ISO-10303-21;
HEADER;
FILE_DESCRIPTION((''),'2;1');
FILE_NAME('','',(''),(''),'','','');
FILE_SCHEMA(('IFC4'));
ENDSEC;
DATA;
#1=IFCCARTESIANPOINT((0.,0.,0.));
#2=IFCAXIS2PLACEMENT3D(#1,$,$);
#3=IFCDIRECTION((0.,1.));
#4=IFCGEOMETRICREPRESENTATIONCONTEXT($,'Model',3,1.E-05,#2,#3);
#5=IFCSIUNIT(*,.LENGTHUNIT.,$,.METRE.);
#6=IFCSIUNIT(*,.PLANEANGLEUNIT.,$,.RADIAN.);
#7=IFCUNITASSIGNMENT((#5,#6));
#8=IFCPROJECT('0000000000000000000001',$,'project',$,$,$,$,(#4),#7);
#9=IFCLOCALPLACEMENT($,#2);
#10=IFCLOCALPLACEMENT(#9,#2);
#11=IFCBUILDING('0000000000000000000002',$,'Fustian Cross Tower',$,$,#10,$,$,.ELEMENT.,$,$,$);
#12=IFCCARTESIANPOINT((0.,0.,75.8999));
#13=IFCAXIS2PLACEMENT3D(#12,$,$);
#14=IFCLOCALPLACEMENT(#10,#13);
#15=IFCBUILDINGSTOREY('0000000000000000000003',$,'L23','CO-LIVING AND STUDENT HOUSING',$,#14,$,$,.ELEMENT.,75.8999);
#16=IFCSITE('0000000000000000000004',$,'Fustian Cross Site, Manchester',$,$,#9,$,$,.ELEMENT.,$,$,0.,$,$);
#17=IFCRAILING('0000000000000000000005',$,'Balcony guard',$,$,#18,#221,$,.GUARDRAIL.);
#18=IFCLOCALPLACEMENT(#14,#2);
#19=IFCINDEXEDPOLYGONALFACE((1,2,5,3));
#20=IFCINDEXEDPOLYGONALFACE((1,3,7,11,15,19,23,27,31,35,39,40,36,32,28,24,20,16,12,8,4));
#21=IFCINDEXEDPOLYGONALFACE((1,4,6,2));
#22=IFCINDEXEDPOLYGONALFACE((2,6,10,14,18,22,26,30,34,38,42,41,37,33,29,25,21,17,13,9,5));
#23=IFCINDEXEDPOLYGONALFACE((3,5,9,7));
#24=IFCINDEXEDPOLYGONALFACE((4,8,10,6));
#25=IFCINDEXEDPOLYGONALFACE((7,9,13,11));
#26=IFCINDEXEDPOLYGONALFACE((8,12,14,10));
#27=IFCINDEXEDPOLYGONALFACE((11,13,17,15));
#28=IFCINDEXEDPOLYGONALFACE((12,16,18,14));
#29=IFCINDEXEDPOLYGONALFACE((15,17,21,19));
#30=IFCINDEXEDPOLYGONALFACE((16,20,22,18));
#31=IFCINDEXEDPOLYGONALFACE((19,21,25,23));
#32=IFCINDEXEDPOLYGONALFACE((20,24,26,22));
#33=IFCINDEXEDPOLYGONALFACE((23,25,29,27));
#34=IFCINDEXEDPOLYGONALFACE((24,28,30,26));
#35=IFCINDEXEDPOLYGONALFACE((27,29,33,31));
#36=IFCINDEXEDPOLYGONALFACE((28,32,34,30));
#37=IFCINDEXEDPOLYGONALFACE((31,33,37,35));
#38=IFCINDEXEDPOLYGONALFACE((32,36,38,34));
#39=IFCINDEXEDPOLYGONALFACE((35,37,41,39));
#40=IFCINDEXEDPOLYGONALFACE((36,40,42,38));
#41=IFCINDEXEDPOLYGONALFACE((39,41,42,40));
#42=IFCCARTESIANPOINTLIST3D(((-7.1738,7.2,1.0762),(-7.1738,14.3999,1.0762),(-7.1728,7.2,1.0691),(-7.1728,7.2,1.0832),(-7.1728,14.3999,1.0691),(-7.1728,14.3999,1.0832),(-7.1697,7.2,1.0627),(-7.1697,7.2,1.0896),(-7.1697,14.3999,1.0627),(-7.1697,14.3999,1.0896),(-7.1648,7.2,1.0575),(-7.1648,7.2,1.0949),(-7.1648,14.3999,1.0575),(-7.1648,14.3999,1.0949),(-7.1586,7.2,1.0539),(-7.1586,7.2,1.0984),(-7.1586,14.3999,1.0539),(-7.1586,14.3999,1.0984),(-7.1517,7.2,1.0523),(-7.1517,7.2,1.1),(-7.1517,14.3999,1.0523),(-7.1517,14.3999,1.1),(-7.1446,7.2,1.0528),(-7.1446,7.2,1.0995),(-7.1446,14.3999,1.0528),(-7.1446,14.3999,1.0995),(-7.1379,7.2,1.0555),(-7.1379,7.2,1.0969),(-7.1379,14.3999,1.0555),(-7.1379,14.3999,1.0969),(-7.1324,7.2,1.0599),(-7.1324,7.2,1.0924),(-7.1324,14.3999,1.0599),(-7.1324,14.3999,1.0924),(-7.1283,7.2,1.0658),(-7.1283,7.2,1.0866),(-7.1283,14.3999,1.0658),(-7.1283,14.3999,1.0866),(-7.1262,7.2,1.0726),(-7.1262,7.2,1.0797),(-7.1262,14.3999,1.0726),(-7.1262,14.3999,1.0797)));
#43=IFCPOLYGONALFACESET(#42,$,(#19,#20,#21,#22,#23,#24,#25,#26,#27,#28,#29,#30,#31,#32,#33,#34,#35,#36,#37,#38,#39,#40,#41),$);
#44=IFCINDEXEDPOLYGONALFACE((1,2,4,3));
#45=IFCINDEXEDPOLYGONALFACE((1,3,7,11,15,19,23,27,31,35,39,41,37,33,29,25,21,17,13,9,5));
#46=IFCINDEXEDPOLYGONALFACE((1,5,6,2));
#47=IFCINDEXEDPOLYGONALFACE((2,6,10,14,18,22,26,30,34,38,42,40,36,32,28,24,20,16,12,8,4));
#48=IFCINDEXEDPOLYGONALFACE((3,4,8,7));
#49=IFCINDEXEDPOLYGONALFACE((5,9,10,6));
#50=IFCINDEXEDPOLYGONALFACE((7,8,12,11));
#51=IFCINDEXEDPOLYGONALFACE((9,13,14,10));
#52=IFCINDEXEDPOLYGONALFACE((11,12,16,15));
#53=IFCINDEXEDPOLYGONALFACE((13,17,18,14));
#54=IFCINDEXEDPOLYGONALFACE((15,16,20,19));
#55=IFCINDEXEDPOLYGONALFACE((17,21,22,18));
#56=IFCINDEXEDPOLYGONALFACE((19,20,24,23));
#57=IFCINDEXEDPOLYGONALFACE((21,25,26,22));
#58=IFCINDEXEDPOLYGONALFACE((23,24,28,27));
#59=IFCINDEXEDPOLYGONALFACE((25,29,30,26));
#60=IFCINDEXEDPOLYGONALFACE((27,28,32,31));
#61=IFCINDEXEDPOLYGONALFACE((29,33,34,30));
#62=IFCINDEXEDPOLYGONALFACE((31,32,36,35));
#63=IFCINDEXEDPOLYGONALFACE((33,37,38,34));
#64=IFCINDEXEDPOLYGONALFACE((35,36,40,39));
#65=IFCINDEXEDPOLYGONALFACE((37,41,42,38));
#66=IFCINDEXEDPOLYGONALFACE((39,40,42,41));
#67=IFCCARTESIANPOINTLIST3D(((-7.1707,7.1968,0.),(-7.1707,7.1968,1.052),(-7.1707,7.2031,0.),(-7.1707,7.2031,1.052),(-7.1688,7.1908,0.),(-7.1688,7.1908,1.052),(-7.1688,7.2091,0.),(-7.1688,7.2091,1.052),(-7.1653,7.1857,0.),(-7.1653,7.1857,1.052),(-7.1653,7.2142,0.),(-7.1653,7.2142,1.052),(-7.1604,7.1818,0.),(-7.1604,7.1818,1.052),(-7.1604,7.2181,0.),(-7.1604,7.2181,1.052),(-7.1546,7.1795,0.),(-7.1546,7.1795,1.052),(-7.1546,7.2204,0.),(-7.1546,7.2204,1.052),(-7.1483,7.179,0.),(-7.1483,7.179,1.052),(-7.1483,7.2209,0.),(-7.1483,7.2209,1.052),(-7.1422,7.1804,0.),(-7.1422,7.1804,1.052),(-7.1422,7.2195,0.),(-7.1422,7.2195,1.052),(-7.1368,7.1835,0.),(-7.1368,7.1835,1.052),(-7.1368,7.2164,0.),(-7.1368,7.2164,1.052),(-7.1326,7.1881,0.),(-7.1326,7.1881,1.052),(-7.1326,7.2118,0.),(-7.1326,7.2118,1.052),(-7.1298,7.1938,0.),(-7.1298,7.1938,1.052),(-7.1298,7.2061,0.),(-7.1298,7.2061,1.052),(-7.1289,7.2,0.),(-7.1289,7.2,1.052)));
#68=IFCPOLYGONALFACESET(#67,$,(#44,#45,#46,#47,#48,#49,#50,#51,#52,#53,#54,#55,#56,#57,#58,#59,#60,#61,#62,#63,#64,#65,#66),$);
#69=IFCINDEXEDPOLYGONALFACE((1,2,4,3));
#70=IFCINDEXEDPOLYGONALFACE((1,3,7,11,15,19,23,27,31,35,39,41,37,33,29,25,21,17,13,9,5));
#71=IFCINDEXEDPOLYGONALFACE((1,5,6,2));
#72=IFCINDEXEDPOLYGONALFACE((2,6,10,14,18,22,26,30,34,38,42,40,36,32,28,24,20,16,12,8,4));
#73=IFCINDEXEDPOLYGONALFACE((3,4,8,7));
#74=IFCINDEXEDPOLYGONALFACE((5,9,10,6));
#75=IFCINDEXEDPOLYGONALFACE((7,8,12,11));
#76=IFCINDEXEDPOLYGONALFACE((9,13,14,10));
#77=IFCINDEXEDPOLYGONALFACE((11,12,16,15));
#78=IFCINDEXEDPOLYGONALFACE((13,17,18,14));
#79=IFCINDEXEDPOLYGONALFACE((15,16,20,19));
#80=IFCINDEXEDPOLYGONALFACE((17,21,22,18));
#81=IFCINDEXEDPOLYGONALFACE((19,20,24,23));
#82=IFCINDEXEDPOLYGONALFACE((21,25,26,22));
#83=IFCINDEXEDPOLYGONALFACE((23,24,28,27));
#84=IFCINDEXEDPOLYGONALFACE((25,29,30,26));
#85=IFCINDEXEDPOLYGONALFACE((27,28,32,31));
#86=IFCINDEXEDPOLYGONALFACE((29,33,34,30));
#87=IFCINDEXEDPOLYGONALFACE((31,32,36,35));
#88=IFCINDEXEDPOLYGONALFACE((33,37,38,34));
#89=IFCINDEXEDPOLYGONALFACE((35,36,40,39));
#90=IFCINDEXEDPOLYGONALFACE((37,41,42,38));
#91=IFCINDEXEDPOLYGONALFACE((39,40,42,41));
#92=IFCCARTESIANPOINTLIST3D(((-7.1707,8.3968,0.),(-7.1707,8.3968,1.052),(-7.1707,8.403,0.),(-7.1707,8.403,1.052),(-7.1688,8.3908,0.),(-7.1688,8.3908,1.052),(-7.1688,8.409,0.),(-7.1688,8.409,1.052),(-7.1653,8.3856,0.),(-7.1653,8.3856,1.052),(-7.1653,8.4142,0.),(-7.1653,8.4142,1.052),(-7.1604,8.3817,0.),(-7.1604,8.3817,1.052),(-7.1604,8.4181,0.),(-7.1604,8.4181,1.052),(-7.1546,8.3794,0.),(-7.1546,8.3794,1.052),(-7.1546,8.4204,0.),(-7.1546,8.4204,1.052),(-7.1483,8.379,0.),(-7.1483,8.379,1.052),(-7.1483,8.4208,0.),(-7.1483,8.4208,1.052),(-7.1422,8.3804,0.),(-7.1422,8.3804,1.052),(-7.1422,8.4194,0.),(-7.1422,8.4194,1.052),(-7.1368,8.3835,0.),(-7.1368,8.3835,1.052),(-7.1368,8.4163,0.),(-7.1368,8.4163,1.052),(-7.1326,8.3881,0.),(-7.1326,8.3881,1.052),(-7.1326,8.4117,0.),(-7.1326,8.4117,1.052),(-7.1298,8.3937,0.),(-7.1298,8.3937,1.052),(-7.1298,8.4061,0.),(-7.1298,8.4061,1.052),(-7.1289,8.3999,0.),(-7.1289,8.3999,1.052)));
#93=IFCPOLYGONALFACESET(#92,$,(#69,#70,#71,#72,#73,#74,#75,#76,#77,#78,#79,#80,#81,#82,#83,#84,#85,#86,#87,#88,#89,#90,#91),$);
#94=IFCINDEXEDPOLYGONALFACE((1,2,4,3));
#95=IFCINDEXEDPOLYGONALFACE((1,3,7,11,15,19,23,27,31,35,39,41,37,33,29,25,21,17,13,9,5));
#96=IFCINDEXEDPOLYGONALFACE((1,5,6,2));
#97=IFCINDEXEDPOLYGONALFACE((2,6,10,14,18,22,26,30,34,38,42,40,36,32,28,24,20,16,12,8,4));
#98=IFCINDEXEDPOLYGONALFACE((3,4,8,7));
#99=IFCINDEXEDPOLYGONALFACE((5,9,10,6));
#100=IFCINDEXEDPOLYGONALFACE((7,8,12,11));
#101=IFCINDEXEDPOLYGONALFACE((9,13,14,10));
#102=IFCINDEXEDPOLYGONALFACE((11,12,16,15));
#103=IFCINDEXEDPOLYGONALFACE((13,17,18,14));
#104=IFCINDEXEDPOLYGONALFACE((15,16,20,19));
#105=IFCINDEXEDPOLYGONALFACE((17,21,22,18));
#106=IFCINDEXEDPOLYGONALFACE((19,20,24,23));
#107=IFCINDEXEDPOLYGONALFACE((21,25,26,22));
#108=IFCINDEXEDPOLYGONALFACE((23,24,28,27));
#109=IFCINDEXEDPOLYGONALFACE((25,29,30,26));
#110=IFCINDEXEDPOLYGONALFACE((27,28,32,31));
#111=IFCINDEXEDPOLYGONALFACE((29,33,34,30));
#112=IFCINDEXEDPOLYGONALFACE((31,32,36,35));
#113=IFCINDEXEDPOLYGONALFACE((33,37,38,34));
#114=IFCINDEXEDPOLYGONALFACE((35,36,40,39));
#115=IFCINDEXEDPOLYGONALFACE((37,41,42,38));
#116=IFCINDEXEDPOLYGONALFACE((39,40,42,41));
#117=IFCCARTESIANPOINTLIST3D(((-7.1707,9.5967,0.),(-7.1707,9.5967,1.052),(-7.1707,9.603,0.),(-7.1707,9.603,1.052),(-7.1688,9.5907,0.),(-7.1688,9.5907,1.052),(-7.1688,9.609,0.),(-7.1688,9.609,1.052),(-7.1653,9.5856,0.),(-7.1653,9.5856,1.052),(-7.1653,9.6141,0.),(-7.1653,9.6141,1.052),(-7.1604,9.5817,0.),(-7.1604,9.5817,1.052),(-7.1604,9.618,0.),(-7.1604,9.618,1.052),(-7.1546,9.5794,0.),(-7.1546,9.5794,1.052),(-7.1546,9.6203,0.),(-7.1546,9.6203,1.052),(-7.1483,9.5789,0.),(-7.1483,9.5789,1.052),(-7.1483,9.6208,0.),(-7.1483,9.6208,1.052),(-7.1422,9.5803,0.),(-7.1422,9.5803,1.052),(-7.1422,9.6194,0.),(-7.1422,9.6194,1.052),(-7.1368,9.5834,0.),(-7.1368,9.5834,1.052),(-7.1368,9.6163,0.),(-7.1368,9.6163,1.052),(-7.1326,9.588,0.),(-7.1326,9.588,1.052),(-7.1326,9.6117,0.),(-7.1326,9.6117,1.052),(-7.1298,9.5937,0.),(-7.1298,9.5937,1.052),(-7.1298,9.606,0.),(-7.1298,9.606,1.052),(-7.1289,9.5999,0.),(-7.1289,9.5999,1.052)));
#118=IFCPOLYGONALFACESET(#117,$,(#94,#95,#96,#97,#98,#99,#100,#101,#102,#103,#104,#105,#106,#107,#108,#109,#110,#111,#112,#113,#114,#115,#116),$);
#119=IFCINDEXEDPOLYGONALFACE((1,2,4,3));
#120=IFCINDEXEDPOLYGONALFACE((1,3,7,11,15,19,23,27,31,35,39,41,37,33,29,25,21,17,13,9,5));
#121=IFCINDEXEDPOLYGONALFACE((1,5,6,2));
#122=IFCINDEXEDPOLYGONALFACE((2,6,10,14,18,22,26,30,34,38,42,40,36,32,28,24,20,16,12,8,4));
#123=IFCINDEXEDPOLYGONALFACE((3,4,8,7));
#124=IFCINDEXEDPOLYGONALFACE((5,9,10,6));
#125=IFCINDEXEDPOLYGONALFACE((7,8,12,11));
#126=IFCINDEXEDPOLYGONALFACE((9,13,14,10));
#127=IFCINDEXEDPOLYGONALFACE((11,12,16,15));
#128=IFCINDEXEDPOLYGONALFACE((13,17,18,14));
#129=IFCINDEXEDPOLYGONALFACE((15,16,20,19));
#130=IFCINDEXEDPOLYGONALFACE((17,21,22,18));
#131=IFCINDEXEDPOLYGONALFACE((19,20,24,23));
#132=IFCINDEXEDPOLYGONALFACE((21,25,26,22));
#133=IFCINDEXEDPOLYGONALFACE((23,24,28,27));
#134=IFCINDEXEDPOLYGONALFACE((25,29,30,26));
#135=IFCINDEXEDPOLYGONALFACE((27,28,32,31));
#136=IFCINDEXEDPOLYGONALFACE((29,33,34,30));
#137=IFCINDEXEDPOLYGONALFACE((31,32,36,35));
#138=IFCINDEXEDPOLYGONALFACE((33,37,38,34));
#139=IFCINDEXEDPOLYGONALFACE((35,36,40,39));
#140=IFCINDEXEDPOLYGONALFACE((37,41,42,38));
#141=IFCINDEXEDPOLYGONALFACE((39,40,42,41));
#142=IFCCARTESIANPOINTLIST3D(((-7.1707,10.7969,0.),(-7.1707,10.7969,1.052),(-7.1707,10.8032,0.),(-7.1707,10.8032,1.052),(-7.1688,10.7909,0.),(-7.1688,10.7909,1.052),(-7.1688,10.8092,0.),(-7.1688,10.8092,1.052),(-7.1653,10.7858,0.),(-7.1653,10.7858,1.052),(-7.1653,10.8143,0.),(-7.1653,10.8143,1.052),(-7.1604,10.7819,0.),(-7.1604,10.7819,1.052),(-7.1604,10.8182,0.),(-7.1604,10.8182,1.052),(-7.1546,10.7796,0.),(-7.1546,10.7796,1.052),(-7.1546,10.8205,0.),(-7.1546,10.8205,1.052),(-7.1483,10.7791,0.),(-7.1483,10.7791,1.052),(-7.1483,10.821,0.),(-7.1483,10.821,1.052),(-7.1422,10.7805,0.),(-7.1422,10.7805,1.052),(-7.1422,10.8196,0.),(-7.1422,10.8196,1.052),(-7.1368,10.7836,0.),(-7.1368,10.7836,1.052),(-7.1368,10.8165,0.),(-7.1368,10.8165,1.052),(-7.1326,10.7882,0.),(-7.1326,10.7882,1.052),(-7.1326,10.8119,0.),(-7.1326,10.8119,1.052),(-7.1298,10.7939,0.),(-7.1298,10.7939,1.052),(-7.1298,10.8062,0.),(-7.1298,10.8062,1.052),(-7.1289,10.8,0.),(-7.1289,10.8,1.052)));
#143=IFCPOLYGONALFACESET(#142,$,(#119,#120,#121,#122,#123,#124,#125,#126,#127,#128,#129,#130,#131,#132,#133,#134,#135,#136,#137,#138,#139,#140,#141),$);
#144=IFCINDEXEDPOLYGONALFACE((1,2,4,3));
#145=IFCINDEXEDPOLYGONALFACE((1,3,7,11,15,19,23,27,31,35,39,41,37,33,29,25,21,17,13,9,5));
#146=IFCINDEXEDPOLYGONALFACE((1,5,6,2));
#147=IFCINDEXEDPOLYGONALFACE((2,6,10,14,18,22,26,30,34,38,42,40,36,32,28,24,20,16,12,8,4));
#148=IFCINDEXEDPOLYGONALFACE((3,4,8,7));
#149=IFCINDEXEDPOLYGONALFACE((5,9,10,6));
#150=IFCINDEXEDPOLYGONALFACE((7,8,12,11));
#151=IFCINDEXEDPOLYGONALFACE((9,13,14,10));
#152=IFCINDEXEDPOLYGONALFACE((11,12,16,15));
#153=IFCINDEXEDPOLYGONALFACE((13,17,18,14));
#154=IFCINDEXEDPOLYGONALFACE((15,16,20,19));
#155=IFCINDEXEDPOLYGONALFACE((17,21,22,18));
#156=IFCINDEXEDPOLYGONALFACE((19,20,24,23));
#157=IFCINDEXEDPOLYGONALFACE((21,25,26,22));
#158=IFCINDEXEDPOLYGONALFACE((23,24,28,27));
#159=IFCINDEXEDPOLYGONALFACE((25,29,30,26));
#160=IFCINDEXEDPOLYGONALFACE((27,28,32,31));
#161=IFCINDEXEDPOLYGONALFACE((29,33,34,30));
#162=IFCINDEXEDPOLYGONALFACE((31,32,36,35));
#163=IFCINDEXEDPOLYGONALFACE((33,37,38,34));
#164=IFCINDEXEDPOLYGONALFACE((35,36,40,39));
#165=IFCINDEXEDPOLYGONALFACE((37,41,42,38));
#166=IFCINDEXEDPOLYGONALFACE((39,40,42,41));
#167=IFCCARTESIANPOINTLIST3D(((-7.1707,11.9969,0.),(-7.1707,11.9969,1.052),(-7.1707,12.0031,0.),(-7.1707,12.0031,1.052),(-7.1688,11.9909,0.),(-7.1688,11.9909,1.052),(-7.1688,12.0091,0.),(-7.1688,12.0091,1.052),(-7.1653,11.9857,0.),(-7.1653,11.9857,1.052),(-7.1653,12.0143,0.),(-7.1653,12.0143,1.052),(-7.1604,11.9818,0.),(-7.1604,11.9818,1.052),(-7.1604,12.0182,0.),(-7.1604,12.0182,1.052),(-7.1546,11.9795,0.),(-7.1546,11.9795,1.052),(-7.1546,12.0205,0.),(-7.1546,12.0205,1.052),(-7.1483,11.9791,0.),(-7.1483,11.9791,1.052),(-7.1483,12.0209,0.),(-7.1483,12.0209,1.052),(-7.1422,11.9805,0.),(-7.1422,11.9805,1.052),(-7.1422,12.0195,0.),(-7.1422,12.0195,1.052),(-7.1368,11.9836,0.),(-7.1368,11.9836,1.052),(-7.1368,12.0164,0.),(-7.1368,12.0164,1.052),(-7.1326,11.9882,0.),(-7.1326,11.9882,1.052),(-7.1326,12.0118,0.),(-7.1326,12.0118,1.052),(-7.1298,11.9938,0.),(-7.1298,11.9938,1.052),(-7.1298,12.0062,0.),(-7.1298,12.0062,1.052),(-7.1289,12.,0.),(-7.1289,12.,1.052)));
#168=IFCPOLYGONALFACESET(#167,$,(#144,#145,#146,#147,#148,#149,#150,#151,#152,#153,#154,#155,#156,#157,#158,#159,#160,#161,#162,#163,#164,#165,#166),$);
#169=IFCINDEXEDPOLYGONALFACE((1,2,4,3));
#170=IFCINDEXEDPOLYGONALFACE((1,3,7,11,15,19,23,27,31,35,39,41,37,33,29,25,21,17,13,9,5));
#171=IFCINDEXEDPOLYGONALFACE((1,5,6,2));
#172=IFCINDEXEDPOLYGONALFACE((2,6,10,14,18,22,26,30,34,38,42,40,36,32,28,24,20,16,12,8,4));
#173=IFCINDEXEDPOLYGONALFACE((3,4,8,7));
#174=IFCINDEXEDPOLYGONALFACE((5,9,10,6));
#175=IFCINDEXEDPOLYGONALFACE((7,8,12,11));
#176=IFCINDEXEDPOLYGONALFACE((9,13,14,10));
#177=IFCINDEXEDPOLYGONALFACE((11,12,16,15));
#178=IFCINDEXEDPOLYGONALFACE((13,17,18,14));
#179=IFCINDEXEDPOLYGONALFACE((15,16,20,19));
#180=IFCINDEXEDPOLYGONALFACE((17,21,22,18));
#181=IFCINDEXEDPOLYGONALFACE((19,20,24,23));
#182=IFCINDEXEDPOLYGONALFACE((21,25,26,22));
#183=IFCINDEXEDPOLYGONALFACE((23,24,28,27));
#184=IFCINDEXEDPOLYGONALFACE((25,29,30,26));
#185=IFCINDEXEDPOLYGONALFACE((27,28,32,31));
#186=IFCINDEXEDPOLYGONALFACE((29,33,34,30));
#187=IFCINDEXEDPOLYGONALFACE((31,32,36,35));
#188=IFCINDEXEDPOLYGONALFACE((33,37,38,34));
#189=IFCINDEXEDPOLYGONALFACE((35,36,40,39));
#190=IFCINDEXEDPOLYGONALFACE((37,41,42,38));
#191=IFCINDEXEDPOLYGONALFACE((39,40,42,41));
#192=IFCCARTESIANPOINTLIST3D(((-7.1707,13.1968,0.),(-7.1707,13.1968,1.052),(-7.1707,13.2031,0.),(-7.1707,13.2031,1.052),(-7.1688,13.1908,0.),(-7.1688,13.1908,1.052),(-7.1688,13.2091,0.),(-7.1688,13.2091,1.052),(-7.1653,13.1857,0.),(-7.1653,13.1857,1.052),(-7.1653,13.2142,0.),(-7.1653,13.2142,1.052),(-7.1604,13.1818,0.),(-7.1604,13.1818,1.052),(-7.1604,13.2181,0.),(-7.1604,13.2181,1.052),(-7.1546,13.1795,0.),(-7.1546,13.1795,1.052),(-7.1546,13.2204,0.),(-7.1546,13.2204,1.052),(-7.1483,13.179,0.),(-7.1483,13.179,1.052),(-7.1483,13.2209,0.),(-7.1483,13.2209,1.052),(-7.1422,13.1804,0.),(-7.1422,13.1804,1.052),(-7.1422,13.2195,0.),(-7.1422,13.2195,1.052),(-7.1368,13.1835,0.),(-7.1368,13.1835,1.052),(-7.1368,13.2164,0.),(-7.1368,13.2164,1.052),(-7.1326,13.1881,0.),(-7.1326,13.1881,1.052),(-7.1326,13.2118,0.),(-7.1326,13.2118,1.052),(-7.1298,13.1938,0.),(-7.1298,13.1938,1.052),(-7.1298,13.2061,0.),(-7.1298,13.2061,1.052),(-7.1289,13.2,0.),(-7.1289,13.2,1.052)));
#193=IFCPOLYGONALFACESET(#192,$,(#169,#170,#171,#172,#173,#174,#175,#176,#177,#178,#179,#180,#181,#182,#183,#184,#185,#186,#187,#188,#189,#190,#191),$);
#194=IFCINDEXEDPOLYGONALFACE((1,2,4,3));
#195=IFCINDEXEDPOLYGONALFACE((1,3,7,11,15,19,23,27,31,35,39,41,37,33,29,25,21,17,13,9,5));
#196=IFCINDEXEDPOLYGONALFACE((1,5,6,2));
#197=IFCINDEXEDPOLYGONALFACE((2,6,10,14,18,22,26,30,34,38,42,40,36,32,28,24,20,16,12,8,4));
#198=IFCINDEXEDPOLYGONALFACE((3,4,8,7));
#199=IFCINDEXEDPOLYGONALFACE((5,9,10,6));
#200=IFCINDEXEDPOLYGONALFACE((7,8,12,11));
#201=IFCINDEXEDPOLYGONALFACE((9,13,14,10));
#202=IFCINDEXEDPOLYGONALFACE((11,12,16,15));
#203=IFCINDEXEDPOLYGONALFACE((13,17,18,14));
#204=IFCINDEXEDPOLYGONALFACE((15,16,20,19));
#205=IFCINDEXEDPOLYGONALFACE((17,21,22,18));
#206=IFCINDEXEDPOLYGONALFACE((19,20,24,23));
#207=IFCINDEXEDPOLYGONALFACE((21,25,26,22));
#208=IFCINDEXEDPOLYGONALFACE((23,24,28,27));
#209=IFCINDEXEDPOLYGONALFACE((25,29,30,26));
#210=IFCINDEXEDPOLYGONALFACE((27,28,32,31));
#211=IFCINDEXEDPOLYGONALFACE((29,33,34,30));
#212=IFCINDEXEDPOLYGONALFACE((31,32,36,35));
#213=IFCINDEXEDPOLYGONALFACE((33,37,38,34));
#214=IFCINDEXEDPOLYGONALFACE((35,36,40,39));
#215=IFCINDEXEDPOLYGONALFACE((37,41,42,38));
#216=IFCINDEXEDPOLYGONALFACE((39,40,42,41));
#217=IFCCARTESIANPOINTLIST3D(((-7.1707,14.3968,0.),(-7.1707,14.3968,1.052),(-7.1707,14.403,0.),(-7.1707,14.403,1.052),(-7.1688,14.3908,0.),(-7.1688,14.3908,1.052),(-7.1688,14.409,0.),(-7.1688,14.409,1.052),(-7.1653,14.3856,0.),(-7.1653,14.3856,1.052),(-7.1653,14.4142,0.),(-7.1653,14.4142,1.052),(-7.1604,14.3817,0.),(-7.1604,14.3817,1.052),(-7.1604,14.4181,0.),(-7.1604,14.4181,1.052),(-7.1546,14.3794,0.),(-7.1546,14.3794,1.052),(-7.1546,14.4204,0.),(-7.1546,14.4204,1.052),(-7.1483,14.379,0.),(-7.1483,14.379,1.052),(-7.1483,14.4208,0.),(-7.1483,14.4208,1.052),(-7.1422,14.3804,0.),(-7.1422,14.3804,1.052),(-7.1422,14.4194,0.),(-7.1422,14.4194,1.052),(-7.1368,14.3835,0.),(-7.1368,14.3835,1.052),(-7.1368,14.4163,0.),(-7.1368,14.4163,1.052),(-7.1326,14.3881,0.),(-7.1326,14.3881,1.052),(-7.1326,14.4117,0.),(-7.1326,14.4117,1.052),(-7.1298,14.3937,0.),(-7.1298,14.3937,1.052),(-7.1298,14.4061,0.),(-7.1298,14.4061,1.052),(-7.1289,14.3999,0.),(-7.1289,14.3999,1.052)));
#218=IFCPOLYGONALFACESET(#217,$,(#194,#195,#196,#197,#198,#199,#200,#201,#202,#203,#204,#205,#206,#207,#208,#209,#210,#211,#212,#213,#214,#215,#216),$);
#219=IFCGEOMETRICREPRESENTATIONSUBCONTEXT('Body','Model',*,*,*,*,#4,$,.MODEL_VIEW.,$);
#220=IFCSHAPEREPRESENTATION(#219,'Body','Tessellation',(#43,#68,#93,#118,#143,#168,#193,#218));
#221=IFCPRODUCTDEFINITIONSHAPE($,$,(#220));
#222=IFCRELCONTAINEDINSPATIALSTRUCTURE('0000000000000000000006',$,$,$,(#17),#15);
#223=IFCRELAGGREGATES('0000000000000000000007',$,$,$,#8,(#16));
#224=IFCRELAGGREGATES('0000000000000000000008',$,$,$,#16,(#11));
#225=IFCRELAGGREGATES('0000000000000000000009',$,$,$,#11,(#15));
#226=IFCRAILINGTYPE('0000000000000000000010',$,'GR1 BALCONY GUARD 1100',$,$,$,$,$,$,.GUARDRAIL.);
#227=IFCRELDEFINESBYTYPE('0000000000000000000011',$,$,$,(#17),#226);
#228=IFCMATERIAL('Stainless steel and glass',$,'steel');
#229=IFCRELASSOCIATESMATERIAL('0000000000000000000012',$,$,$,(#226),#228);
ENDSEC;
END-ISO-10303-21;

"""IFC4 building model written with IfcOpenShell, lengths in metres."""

from ifc_helpers import new_model, si_unit, direction, frame, origin, origin_2d, place, context, subcontext, project, spatial, circle, extrude, material, type_object, element, save


model = new_model("IFC4")

# Units and contexts
model_context = context("Model", 3, precision=1e-05, world=origin(), true_north=direction((0.0, 1.0)))
body_context = subcontext(model_context, "Body", "Model", "MODEL_VIEW")
ifc_project = project(units=[si_unit("LENGTHUNIT", "METRE"), si_unit("PLANEANGLEUNIT", "RADIAN")], contexts=[model_context])

# Site, building, storey
site_placement = place(None, origin())
site = spatial("IfcSite", under=ifc_project, at=site_placement, Name="Fustian Cross Site, Manchester", CompositionType="ELEMENT", RefElevation=0.0)
building_placement = place(site_placement, origin())
building = spatial("IfcBuilding", under=site, at=building_placement, Name="Fustian Cross Tower", CompositionType="ELEMENT")
storey_placement = place(building_placement, frame((0.0, 0.0, 75.8999)))
storey = spatial("IfcBuildingStorey", under=building, at=storey_placement, Name="L23", Description="CO-LIVING AND STUDENT HOUSING", CompositionType="ELEMENT", Elevation=75.8999)

# Railing
ifc_material_1 = material(Name="Stainless steel and glass", Category="steel")
railing_type = type_object("IfcRailingType", Name="GR1 BALCONY GUARD 1100", PredefinedType="GUARDRAIL", material=ifc_material_1)
railing_placement = place(storey_placement, frame((-7.1499, 7.2, 0.0)))
element("IfcRailing", 1, at=railing_placement, inside=storey, type_object=railing_type, Name="Balcony guard", PredefinedType="GUARDRAIL", context=body_context, shape_type="SweptSolid", body=[
    extrude(circle(Radius=0.0239, at=origin_2d()), frame((0.0, 0.0, 1.0762), z_axis=(0.0, 1.0, 0.0), x_axis=(-1.0, 0.0, 0.0)), (0.0, 0.0, 1.0), 7.2),
    extrude(circle(Radius=0.021, at=origin_2d()), origin(), (0.0, 0.0, 1.0), 1.052),
    extrude(circle(Radius=0.021, at=origin_2d()), frame((0.0, 1.2, 0.0)), (0.0, 0.0, 1.0), 1.052),
    extrude(circle(Radius=0.021, at=origin_2d()), frame((0.0, 2.3999, 0.0)), (0.0, 0.0, 1.0), 1.052),
    extrude(circle(Radius=0.021, at=origin_2d()), frame((0.0, 3.6001, 0.0)), (0.0, 0.0, 1.0), 1.052),
    extrude(circle(Radius=0.021, at=origin_2d()), frame((0.0, 4.8, 0.0)), (0.0, 0.0, 1.0), 1.052),
    extrude(circle(Radius=0.021, at=origin_2d()), frame((0.0, 6.0, 0.0)), (0.0, 0.0, 1.0), 1.052),
    extrude(circle(Radius=0.021, at=origin_2d()), frame((0.0, 7.2, 0.0)), (0.0, 0.0, 1.0), 1.052),
])

save(model, "model.ifc")
